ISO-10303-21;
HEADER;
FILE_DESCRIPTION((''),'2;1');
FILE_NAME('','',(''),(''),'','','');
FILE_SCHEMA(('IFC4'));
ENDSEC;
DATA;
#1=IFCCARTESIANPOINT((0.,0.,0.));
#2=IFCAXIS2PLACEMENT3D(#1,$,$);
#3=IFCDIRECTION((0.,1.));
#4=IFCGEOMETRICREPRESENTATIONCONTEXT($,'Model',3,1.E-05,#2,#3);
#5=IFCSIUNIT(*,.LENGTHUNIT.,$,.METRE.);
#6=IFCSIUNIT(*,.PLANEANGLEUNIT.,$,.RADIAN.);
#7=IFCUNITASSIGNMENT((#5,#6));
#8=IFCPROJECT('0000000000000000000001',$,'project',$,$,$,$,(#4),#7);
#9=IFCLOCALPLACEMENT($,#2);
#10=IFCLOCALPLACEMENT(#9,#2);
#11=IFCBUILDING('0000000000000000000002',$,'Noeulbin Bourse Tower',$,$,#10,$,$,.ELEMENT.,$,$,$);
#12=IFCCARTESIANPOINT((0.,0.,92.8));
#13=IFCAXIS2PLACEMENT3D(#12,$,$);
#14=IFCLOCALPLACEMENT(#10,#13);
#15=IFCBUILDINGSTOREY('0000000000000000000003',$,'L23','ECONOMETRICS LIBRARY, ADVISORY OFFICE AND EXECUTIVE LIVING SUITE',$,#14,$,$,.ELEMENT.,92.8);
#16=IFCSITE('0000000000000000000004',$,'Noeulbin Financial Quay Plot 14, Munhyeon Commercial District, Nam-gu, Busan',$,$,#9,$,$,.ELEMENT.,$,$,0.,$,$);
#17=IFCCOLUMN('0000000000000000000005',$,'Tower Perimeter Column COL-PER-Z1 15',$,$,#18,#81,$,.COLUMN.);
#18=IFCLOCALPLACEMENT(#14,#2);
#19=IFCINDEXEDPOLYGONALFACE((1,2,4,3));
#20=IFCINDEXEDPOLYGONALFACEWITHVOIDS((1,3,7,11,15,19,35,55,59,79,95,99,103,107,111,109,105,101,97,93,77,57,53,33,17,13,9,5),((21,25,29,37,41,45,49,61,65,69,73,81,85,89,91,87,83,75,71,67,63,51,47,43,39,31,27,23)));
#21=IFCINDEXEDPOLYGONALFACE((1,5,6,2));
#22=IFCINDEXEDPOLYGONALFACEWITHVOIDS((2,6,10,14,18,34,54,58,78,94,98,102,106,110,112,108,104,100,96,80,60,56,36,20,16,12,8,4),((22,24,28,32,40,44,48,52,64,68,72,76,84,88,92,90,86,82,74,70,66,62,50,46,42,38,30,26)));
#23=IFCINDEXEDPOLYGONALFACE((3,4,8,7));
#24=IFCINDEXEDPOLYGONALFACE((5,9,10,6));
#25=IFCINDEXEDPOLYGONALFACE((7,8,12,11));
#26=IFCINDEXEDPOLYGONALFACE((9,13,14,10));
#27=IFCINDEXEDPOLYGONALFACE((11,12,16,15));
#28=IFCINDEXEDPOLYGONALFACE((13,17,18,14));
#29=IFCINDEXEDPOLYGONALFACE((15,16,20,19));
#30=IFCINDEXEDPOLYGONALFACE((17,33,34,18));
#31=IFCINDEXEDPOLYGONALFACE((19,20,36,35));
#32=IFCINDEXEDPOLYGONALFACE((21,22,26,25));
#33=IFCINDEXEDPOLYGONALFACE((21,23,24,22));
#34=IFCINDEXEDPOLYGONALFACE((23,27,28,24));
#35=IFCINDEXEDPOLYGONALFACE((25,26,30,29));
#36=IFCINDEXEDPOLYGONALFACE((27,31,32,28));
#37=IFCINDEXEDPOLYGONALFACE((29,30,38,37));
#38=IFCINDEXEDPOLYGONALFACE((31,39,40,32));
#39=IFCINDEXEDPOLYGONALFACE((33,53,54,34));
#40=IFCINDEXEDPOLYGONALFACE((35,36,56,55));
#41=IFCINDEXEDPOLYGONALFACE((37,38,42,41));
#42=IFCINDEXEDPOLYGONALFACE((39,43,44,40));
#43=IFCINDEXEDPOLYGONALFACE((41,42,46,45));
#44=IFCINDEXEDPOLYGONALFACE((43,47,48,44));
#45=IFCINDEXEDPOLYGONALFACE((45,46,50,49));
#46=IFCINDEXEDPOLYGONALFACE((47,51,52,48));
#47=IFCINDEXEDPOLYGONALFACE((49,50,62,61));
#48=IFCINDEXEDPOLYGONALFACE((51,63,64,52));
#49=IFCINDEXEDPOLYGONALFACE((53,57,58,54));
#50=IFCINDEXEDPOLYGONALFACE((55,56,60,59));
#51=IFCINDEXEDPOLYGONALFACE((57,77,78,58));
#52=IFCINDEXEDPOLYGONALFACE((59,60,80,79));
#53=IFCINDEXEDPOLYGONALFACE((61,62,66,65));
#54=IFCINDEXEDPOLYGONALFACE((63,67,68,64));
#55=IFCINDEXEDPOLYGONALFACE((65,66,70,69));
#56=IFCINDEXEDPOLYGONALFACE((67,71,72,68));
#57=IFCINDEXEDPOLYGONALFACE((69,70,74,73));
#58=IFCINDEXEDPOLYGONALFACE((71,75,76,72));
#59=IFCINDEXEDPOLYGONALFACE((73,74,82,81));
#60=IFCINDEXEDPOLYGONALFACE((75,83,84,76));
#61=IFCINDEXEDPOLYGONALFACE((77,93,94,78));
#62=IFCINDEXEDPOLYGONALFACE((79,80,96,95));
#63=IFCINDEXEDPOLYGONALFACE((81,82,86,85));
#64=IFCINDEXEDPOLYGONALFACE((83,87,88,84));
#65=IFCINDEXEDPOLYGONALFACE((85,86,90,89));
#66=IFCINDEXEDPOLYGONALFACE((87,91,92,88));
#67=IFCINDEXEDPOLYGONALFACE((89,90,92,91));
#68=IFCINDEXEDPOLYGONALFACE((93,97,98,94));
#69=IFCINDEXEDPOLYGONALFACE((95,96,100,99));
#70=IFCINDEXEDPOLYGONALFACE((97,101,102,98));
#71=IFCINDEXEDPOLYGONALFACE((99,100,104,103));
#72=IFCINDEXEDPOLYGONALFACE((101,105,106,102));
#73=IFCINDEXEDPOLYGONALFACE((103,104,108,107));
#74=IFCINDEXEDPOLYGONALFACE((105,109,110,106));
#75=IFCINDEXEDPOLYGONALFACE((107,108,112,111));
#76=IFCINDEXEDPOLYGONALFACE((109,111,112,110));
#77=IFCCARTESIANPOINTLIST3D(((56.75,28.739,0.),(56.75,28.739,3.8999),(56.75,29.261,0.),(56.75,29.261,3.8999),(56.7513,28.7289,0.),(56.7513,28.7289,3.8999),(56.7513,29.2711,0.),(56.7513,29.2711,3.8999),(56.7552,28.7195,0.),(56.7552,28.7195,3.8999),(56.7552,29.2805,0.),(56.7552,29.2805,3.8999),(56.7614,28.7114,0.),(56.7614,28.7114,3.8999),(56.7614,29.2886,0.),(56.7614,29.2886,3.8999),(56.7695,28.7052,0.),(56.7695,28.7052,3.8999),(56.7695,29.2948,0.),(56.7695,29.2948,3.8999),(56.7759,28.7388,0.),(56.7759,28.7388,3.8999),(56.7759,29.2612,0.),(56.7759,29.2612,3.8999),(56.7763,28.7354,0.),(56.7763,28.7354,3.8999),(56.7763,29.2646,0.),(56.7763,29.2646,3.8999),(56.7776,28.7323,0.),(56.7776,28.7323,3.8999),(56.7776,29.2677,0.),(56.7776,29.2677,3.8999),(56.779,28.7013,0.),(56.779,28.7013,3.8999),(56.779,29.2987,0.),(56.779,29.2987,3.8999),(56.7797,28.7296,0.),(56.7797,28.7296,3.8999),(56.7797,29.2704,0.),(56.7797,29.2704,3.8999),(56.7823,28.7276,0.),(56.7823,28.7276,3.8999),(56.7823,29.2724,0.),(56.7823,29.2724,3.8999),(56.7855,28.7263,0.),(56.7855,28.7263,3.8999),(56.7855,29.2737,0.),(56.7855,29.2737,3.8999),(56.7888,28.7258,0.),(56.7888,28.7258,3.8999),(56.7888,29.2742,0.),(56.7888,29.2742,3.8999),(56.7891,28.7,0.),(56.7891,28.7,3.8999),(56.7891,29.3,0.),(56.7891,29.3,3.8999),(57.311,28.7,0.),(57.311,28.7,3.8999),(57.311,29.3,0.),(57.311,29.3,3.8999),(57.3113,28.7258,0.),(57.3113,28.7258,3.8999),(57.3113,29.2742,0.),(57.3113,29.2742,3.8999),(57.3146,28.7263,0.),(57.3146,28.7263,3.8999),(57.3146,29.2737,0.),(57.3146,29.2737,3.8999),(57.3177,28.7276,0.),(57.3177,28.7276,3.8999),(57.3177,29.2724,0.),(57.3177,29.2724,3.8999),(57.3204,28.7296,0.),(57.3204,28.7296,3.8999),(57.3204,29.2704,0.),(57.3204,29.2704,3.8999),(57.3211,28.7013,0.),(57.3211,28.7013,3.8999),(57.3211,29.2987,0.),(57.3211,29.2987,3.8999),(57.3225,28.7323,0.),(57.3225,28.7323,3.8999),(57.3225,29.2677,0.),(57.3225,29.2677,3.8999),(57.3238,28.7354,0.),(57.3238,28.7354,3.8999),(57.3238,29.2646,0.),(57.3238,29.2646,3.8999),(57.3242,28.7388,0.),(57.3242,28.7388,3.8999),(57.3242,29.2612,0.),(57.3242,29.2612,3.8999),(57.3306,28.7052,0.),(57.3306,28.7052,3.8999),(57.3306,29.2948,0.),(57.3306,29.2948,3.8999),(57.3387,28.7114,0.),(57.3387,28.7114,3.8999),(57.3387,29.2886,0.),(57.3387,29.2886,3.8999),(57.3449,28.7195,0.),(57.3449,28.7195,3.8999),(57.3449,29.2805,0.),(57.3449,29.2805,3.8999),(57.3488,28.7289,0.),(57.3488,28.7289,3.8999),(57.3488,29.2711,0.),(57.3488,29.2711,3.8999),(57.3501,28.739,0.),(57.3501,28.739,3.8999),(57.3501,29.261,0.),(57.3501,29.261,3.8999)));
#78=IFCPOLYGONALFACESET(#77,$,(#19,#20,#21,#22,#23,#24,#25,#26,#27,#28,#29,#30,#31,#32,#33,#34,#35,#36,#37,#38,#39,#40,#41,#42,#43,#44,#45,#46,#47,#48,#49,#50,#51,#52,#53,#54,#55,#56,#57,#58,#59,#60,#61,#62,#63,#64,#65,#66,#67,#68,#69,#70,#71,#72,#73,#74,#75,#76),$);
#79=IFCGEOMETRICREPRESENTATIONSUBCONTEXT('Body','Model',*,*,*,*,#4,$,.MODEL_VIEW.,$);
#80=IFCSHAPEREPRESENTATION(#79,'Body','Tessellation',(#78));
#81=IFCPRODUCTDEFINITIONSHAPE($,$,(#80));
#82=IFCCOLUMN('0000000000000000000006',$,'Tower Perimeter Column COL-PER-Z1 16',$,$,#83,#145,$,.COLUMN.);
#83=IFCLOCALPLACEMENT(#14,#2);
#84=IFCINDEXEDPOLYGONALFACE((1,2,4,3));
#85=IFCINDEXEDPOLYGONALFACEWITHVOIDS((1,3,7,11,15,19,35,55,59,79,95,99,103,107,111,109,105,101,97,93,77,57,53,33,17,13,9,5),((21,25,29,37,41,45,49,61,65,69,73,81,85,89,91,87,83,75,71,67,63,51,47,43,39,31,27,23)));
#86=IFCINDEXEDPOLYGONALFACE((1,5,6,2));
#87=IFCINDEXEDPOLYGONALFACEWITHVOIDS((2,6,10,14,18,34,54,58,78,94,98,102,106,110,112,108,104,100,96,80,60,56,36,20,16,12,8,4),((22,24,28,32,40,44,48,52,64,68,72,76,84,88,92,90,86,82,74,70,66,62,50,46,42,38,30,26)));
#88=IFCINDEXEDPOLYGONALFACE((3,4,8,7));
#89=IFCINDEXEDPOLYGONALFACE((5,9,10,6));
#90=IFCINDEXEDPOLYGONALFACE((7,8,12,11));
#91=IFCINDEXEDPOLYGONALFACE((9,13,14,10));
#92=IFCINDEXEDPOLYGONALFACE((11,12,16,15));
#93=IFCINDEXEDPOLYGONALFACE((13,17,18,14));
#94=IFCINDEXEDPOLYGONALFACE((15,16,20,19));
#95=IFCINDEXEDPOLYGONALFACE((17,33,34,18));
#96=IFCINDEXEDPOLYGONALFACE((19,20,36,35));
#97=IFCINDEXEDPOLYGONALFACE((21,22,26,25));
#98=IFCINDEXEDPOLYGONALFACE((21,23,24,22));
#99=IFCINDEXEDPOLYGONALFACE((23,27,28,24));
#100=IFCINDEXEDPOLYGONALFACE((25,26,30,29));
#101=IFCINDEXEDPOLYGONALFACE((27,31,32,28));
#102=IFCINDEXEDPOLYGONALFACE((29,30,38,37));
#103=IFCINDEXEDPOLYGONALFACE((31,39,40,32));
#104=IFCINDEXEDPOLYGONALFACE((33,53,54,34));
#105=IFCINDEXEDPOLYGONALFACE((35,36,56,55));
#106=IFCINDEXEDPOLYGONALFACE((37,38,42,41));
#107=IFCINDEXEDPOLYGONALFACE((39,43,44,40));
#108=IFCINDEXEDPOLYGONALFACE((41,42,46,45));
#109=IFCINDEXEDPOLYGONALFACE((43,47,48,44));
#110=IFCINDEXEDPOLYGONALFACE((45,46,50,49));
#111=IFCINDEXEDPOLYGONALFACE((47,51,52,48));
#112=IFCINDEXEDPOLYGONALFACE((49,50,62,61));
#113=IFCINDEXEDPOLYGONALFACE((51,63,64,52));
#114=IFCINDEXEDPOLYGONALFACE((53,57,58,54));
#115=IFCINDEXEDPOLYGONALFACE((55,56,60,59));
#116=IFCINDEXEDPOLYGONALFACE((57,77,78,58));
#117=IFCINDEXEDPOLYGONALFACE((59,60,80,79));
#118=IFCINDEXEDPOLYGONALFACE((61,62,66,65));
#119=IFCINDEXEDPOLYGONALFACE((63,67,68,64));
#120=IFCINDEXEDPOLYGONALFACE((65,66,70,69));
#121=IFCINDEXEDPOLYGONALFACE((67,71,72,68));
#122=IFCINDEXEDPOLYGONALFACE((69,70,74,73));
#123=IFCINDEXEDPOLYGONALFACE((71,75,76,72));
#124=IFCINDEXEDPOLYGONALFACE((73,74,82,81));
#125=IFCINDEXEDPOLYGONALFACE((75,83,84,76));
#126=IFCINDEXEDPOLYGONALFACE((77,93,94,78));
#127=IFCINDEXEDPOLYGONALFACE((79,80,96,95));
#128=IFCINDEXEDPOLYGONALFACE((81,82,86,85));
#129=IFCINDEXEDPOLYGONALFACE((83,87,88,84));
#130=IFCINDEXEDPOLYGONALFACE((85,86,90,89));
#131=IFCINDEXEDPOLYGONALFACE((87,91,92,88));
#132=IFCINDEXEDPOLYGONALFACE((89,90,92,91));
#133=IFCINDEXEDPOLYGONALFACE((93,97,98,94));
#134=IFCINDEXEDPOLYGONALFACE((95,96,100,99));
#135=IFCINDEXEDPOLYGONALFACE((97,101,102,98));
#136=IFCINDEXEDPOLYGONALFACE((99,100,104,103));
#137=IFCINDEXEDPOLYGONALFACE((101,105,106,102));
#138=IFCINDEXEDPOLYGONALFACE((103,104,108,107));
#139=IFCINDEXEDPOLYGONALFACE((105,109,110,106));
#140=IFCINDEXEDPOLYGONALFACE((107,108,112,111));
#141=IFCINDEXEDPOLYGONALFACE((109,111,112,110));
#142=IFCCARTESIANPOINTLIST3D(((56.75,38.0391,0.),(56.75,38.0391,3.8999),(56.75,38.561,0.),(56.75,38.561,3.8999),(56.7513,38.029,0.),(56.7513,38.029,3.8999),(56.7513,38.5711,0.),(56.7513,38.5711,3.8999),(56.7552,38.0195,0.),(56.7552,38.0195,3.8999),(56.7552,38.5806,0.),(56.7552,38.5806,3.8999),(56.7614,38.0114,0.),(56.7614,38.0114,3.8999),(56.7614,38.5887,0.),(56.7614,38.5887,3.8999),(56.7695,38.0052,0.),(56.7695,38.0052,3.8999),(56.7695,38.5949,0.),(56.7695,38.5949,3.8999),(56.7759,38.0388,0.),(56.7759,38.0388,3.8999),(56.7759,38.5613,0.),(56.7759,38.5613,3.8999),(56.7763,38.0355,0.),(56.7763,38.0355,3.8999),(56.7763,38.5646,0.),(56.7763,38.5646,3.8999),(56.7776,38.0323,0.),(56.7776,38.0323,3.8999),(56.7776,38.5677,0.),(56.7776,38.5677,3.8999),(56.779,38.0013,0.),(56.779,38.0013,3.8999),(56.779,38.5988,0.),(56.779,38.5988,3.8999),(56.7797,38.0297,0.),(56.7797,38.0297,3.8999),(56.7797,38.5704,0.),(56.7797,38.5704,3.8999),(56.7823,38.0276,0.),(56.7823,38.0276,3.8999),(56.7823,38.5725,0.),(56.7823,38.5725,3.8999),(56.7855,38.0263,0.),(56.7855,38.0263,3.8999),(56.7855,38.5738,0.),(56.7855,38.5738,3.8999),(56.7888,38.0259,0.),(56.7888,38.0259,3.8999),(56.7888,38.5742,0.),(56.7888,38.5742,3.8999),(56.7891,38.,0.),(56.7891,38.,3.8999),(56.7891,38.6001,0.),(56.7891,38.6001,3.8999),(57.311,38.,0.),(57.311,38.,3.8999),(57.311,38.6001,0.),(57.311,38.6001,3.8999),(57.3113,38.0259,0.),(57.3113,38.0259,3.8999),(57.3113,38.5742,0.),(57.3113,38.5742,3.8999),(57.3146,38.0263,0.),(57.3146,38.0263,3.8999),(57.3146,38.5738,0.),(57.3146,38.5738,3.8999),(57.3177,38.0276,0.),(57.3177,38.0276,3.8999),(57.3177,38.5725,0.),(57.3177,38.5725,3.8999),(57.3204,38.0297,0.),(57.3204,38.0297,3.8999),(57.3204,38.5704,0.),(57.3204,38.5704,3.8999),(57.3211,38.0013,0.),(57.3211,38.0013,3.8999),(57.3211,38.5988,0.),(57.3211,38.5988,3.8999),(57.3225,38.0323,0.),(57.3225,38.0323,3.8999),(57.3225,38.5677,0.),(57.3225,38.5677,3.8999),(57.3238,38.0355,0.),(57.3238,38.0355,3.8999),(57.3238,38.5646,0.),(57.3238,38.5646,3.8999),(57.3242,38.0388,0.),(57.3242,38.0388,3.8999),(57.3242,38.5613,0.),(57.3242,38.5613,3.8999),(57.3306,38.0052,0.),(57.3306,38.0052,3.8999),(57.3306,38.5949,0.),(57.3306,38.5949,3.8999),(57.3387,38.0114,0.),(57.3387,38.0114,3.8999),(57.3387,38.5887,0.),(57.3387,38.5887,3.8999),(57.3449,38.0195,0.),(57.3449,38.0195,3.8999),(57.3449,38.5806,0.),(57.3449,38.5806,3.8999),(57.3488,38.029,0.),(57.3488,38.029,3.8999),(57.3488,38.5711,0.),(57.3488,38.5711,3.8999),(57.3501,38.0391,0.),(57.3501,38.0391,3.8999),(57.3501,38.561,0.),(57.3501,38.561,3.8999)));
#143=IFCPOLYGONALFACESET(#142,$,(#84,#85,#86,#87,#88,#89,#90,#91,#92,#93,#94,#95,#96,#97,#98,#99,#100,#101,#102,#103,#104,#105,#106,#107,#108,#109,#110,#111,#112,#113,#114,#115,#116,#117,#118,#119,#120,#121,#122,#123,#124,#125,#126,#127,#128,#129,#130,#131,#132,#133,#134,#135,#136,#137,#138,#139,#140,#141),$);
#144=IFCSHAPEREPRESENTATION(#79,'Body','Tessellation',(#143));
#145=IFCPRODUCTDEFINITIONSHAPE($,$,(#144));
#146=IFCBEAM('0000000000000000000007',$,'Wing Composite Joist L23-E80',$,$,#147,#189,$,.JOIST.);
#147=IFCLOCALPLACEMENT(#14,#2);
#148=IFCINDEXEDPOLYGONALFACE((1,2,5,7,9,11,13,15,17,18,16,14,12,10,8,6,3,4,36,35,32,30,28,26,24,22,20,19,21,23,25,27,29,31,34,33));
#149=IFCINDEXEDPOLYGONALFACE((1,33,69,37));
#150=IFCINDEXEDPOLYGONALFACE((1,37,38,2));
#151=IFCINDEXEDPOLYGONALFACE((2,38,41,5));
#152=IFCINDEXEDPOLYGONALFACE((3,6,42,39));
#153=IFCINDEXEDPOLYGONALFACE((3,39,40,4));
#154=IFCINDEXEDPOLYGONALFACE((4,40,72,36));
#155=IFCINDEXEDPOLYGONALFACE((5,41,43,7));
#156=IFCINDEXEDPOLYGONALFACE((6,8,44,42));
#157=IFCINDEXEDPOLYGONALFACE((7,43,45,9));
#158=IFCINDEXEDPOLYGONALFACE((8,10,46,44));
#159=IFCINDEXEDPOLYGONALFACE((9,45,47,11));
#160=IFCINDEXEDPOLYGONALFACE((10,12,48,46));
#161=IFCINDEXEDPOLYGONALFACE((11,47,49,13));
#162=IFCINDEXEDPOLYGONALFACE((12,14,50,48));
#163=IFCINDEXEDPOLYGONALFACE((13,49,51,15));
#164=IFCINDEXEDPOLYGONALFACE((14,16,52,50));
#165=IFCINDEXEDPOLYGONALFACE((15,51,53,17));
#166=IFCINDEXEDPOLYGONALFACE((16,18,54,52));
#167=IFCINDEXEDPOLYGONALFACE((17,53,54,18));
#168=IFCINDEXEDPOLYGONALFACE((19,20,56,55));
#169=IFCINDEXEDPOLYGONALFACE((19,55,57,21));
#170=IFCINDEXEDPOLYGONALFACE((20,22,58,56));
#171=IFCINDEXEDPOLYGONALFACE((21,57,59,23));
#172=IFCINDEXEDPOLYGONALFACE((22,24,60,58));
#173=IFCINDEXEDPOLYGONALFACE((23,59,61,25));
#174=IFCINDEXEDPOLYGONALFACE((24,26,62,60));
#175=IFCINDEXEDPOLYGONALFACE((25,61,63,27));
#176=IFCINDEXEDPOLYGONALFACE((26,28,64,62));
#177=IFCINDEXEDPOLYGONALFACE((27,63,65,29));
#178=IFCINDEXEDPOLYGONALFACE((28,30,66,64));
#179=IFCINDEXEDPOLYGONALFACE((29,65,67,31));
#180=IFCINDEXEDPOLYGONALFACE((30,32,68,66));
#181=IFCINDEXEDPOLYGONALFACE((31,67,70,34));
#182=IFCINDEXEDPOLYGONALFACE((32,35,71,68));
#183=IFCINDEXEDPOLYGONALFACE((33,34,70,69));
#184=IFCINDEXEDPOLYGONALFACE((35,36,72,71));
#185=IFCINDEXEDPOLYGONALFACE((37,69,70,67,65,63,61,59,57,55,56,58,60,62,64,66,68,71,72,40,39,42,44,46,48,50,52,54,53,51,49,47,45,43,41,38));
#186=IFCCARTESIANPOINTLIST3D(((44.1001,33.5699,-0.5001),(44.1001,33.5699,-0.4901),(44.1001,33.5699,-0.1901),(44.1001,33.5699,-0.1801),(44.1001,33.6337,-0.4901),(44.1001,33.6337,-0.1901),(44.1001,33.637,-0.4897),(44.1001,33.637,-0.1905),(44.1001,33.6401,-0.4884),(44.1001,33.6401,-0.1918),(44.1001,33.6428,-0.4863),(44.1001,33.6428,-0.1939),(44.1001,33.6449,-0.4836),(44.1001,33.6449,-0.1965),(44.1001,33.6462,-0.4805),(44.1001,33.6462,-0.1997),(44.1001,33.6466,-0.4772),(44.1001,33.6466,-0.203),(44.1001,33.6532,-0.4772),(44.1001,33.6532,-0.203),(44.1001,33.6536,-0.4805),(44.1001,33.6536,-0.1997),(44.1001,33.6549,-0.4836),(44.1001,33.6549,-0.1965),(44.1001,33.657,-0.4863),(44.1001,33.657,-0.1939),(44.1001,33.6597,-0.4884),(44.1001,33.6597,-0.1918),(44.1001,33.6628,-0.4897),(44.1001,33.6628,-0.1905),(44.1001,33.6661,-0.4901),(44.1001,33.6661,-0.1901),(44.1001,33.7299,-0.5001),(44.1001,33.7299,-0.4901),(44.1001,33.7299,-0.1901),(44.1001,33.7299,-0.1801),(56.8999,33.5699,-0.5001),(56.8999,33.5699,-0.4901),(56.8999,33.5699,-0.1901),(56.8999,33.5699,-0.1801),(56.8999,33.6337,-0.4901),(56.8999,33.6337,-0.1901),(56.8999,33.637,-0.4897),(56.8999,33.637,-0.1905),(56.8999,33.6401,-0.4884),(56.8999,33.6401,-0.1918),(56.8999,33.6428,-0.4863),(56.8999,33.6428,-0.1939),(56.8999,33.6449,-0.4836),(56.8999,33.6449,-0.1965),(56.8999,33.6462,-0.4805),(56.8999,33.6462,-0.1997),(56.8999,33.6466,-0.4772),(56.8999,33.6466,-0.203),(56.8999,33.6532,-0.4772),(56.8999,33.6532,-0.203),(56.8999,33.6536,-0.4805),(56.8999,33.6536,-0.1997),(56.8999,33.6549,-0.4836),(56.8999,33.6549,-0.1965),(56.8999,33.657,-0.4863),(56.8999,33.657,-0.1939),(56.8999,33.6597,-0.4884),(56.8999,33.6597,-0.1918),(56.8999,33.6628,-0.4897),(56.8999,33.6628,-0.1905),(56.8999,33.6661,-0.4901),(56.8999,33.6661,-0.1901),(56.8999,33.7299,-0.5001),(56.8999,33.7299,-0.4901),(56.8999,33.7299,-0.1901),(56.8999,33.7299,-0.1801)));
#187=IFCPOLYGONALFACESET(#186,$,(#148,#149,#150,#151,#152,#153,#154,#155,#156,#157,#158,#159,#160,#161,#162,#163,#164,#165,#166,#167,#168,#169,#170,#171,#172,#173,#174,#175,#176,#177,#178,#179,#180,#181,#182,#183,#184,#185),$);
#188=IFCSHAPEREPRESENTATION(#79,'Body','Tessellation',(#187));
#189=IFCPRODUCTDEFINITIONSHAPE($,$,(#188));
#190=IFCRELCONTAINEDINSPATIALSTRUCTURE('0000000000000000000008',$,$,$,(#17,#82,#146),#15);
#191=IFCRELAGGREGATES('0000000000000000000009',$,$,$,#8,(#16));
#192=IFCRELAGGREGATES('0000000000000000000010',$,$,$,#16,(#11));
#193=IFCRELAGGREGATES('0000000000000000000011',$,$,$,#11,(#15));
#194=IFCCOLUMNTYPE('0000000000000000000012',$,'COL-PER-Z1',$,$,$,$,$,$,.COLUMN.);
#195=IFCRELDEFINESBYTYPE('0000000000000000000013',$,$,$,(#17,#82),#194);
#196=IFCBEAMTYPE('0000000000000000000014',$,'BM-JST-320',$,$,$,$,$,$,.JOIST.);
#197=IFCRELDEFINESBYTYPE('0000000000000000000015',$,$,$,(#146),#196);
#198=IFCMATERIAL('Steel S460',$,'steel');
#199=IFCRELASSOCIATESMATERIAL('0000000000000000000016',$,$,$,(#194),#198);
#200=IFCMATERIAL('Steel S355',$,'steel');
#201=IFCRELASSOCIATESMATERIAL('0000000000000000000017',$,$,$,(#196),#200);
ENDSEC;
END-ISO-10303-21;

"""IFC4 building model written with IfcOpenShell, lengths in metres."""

from ifc_helpers import new_model, si_unit, direction, frame, origin, origin_2d, place, context, subcontext, project, spatial, hollow_rectangle, i_section, extrude, material, material_profile, profile_set, type_object, element, save


model = new_model("IFC4")

# Units and contexts
model_context = context("Model", 3, precision=1e-05, world=origin(), true_north=direction((0.0, 1.0)))
body_context = subcontext(model_context, "Body", "Model", "MODEL_VIEW")
ifc_project = project(units=[si_unit("LENGTHUNIT", "METRE"), si_unit("PLANEANGLEUNIT", "RADIAN")], contexts=[model_context])

# Site, building, storey
site_placement = place(None, origin())
site = spatial("IfcSite", under=ifc_project, at=site_placement, Name="Noeulbin Financial Quay Plot 14, Munhyeon Commercial District, Nam-gu, Busan", CompositionType="ELEMENT", RefElevation=0.0)
building_placement = place(site_placement, origin())
building = spatial("IfcBuilding", under=site, at=building_placement, Name="Noeulbin Bourse Tower", CompositionType="ELEMENT")
storey_placement = place(building_placement, frame((0.0, 0.0, 92.8)))
storey = spatial("IfcBuildingStorey", under=building, at=storey_placement, Name="L23", Description="ECONOMETRICS LIBRARY, ADVISORY OFFICE AND EXECUTIVE LIVING SUITE", CompositionType="ELEMENT", Elevation=92.8)

# Columns
ifc_material_1 = material(Name="Steel S460", Category="steel")
ifc_material_profile_1 = material_profile(ifc_material_1, hollow_rectangle(XDim=0.6001, YDim=0.6001, WallThickness=0.0259, InnerFilletRadius=0.0129, OuterFilletRadius=0.0391, at=origin_2d()), Name="BOX-600x600x26", Category="LoadBearing")
ifc_profile_set_1 = profile_set([ifc_material_profile_1], Name="Steel S460")
column_type = type_object("IfcColumnType", Name="COL-PER-Z1", PredefinedType="COLUMN", material=ifc_profile_set_1)
for number, where, z_axis, x_axis, name in (
    (1, (57.05, 29.0, 0.0), (0.0, 0.0, 1.0), (1.0, 0.0, 0.0), "Tower Perimeter Column COL-PER-Z1 15"),
    (2, (57.05, 38.3, 0.0), (0.0, 0.0, 1.0), (1.0, 0.0, 0.0), "Tower Perimeter Column COL-PER-Z1 16"),
):
    element("IfcColumn", number, at=place(storey_placement, frame(where, z_axis=z_axis, x_axis=x_axis)), inside=storey, type_object=column_type, Name=name, PredefinedType="COLUMN", context=body_context, shape_type="SweptSolid", body=[
        extrude(hollow_rectangle(XDim=0.6001, YDim=0.6001, WallThickness=0.0259, InnerFilletRadius=0.0129, OuterFilletRadius=0.0391, at=origin_2d()), origin(), (0.0, 0.0, 1.0), 3.8999),
    ])

# Beam
ifc_material_2 = material(Name="Steel S355", Category="steel")
ifc_material_profile_2 = material_profile(ifc_material_2, i_section(OverallWidth=0.1599, OverallDepth=0.3201, WebThickness=0.0066, FlangeThickness=0.01, FilletRadius=0.0129, at=origin_2d()), Name="H-320x160x6.5x10", Category="LoadBearing")
ifc_profile_set_2 = profile_set([ifc_material_profile_2], Name="Steel S355")
beam_type_1 = type_object("IfcBeamType", Name="BM-JST-320", PredefinedType="JOIST", material=ifc_profile_set_2)
for number, where, z_axis, x_axis, name in (
    (3, (44.1001, 33.6499, -0.3401), (1.0, 0.0, 0.0), (0.0, 1.0, 0.0), "Wing Composite Joist L23-E80"),
):
    element("IfcBeam", number, at=place(storey_placement, frame(where, z_axis=z_axis, x_axis=x_axis)), inside=storey, type_object=beam_type_1, Name=name, PredefinedType="JOIST", context=body_context, shape_type="SweptSolid", body=[
        extrude(i_section(OverallWidth=0.1599, OverallDepth=0.3201, WebThickness=0.0066, FlangeThickness=0.01, FilletRadius=0.0129, at=origin_2d()), origin(), (0.0, 0.0, 1.0), 12.7998),
    ])

save(model, "model.ifc")
